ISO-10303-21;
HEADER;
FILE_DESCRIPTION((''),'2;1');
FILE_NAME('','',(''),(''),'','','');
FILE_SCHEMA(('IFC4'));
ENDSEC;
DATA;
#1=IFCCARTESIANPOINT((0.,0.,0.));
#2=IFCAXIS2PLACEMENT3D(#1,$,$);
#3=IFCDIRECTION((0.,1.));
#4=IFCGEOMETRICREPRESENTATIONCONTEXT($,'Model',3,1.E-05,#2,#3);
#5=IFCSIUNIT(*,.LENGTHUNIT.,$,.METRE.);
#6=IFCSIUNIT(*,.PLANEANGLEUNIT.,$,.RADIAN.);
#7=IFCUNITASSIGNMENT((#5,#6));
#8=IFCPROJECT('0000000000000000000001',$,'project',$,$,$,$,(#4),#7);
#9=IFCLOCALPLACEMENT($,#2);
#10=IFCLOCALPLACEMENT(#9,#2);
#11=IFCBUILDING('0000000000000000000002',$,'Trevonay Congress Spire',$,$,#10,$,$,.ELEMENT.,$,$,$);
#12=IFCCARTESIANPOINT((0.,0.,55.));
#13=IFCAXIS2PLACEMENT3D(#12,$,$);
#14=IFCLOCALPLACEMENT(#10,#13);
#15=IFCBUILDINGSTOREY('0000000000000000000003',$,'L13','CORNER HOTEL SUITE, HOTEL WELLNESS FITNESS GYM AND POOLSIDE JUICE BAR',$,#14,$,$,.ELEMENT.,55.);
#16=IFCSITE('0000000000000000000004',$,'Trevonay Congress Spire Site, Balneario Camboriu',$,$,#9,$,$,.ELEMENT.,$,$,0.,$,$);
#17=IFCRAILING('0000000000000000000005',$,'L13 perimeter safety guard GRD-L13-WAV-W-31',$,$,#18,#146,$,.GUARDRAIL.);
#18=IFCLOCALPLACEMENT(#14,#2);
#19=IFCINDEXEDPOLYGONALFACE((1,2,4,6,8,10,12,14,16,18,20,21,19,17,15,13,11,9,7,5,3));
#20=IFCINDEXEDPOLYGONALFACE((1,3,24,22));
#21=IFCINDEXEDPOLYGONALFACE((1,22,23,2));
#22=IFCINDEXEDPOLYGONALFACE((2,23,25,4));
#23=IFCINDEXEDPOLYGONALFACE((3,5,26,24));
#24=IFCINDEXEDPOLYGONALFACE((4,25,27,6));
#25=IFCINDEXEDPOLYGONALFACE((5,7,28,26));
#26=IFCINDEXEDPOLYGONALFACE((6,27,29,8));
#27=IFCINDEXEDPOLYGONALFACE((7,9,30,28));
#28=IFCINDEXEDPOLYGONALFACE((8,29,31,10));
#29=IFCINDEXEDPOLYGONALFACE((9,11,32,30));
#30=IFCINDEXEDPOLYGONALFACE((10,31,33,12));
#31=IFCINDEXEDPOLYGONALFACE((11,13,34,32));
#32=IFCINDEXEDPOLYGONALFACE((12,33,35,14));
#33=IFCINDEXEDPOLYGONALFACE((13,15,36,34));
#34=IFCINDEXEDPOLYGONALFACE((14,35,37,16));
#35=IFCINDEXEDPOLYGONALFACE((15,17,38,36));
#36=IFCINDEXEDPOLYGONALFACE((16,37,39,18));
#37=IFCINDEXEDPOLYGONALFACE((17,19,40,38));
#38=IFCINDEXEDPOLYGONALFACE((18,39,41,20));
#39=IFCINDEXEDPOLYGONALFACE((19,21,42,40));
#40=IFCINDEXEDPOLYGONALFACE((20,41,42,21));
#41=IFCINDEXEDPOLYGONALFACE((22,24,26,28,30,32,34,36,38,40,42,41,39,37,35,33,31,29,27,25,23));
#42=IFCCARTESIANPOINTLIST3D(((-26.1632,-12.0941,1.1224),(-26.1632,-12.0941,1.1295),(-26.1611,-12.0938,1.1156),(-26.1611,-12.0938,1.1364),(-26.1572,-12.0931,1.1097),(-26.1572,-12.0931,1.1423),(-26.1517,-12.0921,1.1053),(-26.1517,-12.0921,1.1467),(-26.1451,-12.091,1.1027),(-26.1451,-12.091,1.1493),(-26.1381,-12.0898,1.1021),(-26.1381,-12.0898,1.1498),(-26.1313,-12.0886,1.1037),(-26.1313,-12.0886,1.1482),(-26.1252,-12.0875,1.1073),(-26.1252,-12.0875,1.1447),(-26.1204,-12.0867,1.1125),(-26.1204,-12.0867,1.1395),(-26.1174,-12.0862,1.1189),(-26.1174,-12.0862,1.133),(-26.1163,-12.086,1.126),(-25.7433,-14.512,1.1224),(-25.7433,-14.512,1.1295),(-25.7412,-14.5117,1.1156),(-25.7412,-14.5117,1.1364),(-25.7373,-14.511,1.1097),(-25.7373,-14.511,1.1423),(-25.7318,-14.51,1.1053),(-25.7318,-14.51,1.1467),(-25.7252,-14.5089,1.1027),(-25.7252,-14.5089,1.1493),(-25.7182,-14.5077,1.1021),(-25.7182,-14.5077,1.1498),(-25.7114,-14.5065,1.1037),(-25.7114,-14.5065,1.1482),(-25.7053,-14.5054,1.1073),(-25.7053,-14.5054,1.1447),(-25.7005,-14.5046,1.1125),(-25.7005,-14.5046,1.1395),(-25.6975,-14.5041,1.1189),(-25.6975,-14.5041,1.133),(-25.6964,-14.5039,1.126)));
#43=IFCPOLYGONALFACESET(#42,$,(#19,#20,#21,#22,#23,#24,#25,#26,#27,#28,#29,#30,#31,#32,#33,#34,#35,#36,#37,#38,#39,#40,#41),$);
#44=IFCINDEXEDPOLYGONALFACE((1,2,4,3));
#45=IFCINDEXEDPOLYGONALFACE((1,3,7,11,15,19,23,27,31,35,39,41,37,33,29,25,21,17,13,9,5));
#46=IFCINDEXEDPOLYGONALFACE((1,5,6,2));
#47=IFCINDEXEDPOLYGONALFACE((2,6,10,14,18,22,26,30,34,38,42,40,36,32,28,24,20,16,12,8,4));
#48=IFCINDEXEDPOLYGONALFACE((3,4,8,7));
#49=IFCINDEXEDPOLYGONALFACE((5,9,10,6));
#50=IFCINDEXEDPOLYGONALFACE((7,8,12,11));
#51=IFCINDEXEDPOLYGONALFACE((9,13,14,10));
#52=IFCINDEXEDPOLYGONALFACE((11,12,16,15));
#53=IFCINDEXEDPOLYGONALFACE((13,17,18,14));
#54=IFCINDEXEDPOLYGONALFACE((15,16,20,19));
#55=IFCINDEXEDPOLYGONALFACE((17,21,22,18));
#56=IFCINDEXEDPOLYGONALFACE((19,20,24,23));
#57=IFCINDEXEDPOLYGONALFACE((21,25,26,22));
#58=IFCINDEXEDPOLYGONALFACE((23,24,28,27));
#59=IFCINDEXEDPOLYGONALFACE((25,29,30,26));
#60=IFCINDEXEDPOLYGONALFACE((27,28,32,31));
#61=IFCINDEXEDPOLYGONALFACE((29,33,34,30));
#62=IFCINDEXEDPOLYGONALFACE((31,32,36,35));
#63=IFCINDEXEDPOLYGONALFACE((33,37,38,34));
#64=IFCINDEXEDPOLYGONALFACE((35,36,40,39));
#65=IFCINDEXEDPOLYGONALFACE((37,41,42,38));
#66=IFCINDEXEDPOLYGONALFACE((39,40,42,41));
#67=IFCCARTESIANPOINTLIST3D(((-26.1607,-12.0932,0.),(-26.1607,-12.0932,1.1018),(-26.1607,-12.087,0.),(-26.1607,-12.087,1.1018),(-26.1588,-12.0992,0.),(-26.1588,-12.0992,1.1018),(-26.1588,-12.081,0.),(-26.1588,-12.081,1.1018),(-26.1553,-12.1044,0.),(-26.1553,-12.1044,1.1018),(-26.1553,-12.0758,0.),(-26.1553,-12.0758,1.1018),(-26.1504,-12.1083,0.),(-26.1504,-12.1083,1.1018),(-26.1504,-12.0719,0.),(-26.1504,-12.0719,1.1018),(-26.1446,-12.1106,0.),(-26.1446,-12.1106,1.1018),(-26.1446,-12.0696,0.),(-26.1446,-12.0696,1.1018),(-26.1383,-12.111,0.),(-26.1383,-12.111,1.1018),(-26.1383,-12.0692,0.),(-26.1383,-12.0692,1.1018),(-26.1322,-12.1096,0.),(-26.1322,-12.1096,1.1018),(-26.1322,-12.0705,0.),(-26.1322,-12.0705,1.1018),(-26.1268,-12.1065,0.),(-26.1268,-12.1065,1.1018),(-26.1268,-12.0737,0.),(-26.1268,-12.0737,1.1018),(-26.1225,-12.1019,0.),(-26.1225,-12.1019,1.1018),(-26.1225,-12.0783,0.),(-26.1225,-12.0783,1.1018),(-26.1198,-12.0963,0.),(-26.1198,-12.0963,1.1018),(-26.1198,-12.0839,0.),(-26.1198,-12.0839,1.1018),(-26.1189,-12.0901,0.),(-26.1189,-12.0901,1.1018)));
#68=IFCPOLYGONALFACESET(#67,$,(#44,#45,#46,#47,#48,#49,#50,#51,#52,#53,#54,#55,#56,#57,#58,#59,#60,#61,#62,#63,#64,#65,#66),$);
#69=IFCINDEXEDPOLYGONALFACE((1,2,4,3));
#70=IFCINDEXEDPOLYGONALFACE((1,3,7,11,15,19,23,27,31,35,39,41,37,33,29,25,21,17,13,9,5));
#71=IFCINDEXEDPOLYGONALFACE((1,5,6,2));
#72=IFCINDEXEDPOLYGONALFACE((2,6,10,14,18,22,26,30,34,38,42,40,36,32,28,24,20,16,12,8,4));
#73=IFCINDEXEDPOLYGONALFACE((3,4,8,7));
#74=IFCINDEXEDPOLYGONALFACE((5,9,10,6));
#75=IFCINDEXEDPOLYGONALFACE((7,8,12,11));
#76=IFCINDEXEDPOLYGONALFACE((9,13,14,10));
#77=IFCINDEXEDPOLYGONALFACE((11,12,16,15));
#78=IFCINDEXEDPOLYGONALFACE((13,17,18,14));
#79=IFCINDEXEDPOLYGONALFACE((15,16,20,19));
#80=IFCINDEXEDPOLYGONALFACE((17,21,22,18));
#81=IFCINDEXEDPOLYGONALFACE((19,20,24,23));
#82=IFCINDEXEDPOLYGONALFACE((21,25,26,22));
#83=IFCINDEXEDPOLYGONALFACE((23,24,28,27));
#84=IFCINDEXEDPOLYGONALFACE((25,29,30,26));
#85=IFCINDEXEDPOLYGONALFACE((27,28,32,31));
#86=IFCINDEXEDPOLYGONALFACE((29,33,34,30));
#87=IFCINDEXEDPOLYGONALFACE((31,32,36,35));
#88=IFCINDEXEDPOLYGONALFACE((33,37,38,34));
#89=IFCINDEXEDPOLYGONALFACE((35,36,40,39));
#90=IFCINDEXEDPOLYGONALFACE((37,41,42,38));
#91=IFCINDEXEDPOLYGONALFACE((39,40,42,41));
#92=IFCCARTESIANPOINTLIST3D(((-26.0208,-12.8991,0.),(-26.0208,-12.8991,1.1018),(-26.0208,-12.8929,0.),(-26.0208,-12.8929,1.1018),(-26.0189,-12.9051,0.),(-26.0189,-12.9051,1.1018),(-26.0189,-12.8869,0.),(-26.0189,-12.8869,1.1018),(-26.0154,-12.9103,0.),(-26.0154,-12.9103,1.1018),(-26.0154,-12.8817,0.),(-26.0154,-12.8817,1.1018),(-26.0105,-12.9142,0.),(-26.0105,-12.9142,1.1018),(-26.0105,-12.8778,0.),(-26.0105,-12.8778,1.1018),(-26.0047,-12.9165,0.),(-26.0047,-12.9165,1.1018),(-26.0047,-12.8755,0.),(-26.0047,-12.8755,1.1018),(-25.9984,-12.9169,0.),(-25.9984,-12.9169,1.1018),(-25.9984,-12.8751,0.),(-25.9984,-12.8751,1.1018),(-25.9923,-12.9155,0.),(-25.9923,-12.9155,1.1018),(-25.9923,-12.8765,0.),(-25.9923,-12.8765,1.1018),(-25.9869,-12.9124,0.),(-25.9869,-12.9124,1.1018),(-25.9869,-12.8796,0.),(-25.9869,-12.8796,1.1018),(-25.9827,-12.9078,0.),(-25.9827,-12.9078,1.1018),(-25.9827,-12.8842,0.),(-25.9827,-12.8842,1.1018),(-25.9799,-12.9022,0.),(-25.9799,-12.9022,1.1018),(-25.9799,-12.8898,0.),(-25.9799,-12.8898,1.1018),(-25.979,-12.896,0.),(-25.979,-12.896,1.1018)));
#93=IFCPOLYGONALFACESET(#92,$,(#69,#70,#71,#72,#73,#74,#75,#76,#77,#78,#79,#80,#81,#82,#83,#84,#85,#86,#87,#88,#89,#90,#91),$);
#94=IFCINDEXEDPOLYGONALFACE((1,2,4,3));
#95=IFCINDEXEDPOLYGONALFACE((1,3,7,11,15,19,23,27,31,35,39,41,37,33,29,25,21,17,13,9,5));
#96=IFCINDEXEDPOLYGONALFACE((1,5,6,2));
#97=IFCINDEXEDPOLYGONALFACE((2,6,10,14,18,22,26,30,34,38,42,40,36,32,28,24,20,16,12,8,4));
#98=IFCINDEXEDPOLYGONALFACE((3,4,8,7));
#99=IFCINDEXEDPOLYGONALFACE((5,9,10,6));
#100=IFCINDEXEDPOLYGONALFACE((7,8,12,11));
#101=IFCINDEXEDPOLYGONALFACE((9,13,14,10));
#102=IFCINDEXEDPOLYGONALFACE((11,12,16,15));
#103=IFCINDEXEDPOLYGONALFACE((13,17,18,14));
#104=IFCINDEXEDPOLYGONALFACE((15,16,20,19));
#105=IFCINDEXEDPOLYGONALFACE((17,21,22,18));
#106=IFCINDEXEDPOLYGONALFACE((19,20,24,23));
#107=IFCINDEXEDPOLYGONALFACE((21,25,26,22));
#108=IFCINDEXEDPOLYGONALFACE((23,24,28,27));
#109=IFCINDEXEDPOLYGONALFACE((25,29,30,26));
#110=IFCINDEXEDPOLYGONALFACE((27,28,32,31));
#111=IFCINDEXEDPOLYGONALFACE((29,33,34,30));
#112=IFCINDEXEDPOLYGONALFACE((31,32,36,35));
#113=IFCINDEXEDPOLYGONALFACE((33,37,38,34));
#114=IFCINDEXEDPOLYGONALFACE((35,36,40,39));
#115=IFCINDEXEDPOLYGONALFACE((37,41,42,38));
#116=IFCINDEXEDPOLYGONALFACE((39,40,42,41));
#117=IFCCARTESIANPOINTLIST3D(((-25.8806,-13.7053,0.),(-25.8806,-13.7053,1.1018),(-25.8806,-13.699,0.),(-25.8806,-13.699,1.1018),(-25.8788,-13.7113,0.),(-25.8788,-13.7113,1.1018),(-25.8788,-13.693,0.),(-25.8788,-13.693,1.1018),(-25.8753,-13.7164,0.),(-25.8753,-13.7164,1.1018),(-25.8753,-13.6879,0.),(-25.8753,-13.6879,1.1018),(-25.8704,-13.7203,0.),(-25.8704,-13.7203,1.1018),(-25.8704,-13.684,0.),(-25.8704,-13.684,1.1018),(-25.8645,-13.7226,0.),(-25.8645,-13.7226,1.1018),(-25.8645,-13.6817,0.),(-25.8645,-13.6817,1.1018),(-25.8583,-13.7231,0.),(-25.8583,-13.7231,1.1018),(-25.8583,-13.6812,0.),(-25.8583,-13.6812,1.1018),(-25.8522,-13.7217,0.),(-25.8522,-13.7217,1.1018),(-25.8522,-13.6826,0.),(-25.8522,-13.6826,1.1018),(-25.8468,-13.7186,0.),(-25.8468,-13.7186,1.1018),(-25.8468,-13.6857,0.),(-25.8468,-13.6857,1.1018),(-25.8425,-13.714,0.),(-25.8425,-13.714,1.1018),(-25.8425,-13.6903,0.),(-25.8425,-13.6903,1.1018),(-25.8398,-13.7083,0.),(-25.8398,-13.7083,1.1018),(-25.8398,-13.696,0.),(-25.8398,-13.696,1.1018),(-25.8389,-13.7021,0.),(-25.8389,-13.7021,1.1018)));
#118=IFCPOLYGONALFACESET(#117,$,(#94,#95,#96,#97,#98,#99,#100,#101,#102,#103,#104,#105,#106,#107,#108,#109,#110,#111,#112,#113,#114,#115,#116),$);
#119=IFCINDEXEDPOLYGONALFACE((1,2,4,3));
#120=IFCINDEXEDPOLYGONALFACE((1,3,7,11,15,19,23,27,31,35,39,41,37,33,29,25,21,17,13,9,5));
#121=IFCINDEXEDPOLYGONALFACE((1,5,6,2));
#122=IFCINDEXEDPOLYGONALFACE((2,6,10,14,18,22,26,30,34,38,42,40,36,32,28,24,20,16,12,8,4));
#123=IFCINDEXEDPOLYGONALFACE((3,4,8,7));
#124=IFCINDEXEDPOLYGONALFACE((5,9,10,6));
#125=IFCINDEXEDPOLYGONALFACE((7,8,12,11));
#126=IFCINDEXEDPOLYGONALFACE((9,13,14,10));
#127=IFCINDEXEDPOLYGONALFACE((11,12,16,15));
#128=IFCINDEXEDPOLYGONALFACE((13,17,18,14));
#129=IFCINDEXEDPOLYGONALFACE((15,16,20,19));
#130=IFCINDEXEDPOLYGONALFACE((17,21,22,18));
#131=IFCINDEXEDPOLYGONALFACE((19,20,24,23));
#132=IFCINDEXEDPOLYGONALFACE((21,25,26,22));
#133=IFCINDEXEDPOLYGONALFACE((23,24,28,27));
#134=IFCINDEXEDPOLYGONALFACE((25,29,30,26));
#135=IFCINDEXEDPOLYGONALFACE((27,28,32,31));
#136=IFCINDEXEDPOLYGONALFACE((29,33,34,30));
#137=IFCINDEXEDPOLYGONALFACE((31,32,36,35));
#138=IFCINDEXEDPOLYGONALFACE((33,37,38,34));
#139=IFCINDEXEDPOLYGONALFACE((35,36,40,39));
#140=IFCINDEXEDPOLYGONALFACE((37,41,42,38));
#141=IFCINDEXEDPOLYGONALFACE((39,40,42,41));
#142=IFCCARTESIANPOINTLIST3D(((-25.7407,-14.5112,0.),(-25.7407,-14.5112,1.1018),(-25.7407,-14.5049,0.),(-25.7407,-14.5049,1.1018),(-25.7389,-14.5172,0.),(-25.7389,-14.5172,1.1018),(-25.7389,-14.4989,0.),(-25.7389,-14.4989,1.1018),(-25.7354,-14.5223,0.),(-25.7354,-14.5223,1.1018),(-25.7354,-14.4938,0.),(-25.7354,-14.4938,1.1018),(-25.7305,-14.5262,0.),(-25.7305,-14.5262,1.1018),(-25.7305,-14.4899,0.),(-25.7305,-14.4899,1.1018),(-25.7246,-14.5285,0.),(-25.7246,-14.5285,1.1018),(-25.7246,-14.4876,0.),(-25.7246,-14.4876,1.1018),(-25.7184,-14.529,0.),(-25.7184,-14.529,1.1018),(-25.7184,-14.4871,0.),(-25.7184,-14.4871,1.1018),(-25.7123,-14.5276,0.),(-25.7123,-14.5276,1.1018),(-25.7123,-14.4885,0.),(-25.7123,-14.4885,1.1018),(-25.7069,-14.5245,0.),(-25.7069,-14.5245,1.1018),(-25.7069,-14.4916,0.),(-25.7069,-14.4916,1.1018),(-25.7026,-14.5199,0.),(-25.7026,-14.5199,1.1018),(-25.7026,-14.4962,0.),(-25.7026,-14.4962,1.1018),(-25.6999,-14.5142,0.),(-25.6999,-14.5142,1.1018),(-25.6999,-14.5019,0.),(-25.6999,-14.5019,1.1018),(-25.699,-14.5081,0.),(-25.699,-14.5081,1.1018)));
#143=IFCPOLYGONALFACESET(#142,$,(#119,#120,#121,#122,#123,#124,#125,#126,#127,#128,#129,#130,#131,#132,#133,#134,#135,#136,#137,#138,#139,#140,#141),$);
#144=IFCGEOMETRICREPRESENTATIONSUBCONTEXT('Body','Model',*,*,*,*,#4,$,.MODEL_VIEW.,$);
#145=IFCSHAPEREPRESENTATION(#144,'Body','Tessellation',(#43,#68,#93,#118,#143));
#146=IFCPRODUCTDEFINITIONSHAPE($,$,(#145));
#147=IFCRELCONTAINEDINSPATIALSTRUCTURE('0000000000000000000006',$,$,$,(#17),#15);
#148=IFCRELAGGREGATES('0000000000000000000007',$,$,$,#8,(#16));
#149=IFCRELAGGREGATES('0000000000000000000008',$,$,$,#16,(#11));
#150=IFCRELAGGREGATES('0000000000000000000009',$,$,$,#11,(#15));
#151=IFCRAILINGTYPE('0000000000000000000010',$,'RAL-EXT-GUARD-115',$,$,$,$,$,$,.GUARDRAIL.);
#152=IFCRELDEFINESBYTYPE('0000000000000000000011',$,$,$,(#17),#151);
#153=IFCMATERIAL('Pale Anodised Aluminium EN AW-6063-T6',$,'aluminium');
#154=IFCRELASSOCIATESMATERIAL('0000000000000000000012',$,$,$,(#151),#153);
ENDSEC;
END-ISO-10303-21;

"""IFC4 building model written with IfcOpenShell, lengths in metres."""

from ifc_helpers import new_model, si_unit, direction, frame, origin, origin_2d, place, context, subcontext, project, spatial, circle, extrude, material, type_object, element, save


model = new_model("IFC4")

# Units and contexts
model_context = context("Model", 3, precision=1e-05, world=origin(), true_north=direction((0.0, 1.0)))
body_context = subcontext(model_context, "Body", "Model", "MODEL_VIEW")
ifc_project = project(units=[si_unit("LENGTHUNIT", "METRE"), si_unit("PLANEANGLEUNIT", "RADIAN")], contexts=[model_context])

# Site, building, storey
site_placement = place(None, origin())
site = spatial("IfcSite", under=ifc_project, at=site_placement, Name="Trevonay Congress Spire Site, Balneario Camboriu", CompositionType="ELEMENT", RefElevation=0.0)
building_placement = place(site_placement, origin())
building = spatial("IfcBuilding", under=site, at=building_placement, Name="Trevonay Congress Spire", CompositionType="ELEMENT")
storey_placement = place(building_placement, frame((0.0, 0.0, 55.0)))
storey = spatial("IfcBuildingStorey", under=building, at=storey_placement, Name="L13", Description="CORNER HOTEL SUITE, HOTEL WELLNESS FITNESS GYM AND POOLSIDE JUICE BAR", CompositionType="ELEMENT", Elevation=55.0)

# Shared definitions
ifc_material_1 = material(Name="Pale Anodised Aluminium EN AW-6063-T6", Category="aluminium")

# Railing
railing_type = type_object("IfcRailingType", Name="RAL-EXT-GUARD-115", PredefinedType="GUARDRAIL", material=ifc_material_1)
railing_1_placement = place(storey_placement, frame((-26.1399, -12.0901, 0.0)))
element("IfcRailing", 1, at=railing_1_placement, inside=storey, type_object=railing_type, Name="L13 perimeter safety guard GRD-L13-WAV-W-31", PredefinedType="GUARDRAIL", context=body_context, shape_type="SweptSolid", body=[
    extrude(circle(Radius=0.0239, at=origin_2d()), frame((0.0, 0.0, 1.126), z_axis=(0.171106, -0.985253, 0.0), x_axis=(0.985253, 0.171106, 0.0)), (0.0, 0.0, 1.0), 2.4541),
    extrude(circle(Radius=0.021, at=origin_2d()), origin(), (0.0, 0.0, 1.0), 1.1018),
    extrude(circle(Radius=0.021, at=origin_2d()), frame((0.1399, -0.8059, 0.0)), (0.0, 0.0, 1.0), 1.1018),
    extrude(circle(Radius=0.021, at=origin_2d()), frame((0.28, -1.6121, 0.0)), (0.0, 0.0, 1.0), 1.1018),
    extrude(circle(Radius=0.021, at=origin_2d()), frame((0.4199, -2.418, 0.0)), (0.0, 0.0, 1.0), 1.1018),
])

save(model, "model.ifc")
